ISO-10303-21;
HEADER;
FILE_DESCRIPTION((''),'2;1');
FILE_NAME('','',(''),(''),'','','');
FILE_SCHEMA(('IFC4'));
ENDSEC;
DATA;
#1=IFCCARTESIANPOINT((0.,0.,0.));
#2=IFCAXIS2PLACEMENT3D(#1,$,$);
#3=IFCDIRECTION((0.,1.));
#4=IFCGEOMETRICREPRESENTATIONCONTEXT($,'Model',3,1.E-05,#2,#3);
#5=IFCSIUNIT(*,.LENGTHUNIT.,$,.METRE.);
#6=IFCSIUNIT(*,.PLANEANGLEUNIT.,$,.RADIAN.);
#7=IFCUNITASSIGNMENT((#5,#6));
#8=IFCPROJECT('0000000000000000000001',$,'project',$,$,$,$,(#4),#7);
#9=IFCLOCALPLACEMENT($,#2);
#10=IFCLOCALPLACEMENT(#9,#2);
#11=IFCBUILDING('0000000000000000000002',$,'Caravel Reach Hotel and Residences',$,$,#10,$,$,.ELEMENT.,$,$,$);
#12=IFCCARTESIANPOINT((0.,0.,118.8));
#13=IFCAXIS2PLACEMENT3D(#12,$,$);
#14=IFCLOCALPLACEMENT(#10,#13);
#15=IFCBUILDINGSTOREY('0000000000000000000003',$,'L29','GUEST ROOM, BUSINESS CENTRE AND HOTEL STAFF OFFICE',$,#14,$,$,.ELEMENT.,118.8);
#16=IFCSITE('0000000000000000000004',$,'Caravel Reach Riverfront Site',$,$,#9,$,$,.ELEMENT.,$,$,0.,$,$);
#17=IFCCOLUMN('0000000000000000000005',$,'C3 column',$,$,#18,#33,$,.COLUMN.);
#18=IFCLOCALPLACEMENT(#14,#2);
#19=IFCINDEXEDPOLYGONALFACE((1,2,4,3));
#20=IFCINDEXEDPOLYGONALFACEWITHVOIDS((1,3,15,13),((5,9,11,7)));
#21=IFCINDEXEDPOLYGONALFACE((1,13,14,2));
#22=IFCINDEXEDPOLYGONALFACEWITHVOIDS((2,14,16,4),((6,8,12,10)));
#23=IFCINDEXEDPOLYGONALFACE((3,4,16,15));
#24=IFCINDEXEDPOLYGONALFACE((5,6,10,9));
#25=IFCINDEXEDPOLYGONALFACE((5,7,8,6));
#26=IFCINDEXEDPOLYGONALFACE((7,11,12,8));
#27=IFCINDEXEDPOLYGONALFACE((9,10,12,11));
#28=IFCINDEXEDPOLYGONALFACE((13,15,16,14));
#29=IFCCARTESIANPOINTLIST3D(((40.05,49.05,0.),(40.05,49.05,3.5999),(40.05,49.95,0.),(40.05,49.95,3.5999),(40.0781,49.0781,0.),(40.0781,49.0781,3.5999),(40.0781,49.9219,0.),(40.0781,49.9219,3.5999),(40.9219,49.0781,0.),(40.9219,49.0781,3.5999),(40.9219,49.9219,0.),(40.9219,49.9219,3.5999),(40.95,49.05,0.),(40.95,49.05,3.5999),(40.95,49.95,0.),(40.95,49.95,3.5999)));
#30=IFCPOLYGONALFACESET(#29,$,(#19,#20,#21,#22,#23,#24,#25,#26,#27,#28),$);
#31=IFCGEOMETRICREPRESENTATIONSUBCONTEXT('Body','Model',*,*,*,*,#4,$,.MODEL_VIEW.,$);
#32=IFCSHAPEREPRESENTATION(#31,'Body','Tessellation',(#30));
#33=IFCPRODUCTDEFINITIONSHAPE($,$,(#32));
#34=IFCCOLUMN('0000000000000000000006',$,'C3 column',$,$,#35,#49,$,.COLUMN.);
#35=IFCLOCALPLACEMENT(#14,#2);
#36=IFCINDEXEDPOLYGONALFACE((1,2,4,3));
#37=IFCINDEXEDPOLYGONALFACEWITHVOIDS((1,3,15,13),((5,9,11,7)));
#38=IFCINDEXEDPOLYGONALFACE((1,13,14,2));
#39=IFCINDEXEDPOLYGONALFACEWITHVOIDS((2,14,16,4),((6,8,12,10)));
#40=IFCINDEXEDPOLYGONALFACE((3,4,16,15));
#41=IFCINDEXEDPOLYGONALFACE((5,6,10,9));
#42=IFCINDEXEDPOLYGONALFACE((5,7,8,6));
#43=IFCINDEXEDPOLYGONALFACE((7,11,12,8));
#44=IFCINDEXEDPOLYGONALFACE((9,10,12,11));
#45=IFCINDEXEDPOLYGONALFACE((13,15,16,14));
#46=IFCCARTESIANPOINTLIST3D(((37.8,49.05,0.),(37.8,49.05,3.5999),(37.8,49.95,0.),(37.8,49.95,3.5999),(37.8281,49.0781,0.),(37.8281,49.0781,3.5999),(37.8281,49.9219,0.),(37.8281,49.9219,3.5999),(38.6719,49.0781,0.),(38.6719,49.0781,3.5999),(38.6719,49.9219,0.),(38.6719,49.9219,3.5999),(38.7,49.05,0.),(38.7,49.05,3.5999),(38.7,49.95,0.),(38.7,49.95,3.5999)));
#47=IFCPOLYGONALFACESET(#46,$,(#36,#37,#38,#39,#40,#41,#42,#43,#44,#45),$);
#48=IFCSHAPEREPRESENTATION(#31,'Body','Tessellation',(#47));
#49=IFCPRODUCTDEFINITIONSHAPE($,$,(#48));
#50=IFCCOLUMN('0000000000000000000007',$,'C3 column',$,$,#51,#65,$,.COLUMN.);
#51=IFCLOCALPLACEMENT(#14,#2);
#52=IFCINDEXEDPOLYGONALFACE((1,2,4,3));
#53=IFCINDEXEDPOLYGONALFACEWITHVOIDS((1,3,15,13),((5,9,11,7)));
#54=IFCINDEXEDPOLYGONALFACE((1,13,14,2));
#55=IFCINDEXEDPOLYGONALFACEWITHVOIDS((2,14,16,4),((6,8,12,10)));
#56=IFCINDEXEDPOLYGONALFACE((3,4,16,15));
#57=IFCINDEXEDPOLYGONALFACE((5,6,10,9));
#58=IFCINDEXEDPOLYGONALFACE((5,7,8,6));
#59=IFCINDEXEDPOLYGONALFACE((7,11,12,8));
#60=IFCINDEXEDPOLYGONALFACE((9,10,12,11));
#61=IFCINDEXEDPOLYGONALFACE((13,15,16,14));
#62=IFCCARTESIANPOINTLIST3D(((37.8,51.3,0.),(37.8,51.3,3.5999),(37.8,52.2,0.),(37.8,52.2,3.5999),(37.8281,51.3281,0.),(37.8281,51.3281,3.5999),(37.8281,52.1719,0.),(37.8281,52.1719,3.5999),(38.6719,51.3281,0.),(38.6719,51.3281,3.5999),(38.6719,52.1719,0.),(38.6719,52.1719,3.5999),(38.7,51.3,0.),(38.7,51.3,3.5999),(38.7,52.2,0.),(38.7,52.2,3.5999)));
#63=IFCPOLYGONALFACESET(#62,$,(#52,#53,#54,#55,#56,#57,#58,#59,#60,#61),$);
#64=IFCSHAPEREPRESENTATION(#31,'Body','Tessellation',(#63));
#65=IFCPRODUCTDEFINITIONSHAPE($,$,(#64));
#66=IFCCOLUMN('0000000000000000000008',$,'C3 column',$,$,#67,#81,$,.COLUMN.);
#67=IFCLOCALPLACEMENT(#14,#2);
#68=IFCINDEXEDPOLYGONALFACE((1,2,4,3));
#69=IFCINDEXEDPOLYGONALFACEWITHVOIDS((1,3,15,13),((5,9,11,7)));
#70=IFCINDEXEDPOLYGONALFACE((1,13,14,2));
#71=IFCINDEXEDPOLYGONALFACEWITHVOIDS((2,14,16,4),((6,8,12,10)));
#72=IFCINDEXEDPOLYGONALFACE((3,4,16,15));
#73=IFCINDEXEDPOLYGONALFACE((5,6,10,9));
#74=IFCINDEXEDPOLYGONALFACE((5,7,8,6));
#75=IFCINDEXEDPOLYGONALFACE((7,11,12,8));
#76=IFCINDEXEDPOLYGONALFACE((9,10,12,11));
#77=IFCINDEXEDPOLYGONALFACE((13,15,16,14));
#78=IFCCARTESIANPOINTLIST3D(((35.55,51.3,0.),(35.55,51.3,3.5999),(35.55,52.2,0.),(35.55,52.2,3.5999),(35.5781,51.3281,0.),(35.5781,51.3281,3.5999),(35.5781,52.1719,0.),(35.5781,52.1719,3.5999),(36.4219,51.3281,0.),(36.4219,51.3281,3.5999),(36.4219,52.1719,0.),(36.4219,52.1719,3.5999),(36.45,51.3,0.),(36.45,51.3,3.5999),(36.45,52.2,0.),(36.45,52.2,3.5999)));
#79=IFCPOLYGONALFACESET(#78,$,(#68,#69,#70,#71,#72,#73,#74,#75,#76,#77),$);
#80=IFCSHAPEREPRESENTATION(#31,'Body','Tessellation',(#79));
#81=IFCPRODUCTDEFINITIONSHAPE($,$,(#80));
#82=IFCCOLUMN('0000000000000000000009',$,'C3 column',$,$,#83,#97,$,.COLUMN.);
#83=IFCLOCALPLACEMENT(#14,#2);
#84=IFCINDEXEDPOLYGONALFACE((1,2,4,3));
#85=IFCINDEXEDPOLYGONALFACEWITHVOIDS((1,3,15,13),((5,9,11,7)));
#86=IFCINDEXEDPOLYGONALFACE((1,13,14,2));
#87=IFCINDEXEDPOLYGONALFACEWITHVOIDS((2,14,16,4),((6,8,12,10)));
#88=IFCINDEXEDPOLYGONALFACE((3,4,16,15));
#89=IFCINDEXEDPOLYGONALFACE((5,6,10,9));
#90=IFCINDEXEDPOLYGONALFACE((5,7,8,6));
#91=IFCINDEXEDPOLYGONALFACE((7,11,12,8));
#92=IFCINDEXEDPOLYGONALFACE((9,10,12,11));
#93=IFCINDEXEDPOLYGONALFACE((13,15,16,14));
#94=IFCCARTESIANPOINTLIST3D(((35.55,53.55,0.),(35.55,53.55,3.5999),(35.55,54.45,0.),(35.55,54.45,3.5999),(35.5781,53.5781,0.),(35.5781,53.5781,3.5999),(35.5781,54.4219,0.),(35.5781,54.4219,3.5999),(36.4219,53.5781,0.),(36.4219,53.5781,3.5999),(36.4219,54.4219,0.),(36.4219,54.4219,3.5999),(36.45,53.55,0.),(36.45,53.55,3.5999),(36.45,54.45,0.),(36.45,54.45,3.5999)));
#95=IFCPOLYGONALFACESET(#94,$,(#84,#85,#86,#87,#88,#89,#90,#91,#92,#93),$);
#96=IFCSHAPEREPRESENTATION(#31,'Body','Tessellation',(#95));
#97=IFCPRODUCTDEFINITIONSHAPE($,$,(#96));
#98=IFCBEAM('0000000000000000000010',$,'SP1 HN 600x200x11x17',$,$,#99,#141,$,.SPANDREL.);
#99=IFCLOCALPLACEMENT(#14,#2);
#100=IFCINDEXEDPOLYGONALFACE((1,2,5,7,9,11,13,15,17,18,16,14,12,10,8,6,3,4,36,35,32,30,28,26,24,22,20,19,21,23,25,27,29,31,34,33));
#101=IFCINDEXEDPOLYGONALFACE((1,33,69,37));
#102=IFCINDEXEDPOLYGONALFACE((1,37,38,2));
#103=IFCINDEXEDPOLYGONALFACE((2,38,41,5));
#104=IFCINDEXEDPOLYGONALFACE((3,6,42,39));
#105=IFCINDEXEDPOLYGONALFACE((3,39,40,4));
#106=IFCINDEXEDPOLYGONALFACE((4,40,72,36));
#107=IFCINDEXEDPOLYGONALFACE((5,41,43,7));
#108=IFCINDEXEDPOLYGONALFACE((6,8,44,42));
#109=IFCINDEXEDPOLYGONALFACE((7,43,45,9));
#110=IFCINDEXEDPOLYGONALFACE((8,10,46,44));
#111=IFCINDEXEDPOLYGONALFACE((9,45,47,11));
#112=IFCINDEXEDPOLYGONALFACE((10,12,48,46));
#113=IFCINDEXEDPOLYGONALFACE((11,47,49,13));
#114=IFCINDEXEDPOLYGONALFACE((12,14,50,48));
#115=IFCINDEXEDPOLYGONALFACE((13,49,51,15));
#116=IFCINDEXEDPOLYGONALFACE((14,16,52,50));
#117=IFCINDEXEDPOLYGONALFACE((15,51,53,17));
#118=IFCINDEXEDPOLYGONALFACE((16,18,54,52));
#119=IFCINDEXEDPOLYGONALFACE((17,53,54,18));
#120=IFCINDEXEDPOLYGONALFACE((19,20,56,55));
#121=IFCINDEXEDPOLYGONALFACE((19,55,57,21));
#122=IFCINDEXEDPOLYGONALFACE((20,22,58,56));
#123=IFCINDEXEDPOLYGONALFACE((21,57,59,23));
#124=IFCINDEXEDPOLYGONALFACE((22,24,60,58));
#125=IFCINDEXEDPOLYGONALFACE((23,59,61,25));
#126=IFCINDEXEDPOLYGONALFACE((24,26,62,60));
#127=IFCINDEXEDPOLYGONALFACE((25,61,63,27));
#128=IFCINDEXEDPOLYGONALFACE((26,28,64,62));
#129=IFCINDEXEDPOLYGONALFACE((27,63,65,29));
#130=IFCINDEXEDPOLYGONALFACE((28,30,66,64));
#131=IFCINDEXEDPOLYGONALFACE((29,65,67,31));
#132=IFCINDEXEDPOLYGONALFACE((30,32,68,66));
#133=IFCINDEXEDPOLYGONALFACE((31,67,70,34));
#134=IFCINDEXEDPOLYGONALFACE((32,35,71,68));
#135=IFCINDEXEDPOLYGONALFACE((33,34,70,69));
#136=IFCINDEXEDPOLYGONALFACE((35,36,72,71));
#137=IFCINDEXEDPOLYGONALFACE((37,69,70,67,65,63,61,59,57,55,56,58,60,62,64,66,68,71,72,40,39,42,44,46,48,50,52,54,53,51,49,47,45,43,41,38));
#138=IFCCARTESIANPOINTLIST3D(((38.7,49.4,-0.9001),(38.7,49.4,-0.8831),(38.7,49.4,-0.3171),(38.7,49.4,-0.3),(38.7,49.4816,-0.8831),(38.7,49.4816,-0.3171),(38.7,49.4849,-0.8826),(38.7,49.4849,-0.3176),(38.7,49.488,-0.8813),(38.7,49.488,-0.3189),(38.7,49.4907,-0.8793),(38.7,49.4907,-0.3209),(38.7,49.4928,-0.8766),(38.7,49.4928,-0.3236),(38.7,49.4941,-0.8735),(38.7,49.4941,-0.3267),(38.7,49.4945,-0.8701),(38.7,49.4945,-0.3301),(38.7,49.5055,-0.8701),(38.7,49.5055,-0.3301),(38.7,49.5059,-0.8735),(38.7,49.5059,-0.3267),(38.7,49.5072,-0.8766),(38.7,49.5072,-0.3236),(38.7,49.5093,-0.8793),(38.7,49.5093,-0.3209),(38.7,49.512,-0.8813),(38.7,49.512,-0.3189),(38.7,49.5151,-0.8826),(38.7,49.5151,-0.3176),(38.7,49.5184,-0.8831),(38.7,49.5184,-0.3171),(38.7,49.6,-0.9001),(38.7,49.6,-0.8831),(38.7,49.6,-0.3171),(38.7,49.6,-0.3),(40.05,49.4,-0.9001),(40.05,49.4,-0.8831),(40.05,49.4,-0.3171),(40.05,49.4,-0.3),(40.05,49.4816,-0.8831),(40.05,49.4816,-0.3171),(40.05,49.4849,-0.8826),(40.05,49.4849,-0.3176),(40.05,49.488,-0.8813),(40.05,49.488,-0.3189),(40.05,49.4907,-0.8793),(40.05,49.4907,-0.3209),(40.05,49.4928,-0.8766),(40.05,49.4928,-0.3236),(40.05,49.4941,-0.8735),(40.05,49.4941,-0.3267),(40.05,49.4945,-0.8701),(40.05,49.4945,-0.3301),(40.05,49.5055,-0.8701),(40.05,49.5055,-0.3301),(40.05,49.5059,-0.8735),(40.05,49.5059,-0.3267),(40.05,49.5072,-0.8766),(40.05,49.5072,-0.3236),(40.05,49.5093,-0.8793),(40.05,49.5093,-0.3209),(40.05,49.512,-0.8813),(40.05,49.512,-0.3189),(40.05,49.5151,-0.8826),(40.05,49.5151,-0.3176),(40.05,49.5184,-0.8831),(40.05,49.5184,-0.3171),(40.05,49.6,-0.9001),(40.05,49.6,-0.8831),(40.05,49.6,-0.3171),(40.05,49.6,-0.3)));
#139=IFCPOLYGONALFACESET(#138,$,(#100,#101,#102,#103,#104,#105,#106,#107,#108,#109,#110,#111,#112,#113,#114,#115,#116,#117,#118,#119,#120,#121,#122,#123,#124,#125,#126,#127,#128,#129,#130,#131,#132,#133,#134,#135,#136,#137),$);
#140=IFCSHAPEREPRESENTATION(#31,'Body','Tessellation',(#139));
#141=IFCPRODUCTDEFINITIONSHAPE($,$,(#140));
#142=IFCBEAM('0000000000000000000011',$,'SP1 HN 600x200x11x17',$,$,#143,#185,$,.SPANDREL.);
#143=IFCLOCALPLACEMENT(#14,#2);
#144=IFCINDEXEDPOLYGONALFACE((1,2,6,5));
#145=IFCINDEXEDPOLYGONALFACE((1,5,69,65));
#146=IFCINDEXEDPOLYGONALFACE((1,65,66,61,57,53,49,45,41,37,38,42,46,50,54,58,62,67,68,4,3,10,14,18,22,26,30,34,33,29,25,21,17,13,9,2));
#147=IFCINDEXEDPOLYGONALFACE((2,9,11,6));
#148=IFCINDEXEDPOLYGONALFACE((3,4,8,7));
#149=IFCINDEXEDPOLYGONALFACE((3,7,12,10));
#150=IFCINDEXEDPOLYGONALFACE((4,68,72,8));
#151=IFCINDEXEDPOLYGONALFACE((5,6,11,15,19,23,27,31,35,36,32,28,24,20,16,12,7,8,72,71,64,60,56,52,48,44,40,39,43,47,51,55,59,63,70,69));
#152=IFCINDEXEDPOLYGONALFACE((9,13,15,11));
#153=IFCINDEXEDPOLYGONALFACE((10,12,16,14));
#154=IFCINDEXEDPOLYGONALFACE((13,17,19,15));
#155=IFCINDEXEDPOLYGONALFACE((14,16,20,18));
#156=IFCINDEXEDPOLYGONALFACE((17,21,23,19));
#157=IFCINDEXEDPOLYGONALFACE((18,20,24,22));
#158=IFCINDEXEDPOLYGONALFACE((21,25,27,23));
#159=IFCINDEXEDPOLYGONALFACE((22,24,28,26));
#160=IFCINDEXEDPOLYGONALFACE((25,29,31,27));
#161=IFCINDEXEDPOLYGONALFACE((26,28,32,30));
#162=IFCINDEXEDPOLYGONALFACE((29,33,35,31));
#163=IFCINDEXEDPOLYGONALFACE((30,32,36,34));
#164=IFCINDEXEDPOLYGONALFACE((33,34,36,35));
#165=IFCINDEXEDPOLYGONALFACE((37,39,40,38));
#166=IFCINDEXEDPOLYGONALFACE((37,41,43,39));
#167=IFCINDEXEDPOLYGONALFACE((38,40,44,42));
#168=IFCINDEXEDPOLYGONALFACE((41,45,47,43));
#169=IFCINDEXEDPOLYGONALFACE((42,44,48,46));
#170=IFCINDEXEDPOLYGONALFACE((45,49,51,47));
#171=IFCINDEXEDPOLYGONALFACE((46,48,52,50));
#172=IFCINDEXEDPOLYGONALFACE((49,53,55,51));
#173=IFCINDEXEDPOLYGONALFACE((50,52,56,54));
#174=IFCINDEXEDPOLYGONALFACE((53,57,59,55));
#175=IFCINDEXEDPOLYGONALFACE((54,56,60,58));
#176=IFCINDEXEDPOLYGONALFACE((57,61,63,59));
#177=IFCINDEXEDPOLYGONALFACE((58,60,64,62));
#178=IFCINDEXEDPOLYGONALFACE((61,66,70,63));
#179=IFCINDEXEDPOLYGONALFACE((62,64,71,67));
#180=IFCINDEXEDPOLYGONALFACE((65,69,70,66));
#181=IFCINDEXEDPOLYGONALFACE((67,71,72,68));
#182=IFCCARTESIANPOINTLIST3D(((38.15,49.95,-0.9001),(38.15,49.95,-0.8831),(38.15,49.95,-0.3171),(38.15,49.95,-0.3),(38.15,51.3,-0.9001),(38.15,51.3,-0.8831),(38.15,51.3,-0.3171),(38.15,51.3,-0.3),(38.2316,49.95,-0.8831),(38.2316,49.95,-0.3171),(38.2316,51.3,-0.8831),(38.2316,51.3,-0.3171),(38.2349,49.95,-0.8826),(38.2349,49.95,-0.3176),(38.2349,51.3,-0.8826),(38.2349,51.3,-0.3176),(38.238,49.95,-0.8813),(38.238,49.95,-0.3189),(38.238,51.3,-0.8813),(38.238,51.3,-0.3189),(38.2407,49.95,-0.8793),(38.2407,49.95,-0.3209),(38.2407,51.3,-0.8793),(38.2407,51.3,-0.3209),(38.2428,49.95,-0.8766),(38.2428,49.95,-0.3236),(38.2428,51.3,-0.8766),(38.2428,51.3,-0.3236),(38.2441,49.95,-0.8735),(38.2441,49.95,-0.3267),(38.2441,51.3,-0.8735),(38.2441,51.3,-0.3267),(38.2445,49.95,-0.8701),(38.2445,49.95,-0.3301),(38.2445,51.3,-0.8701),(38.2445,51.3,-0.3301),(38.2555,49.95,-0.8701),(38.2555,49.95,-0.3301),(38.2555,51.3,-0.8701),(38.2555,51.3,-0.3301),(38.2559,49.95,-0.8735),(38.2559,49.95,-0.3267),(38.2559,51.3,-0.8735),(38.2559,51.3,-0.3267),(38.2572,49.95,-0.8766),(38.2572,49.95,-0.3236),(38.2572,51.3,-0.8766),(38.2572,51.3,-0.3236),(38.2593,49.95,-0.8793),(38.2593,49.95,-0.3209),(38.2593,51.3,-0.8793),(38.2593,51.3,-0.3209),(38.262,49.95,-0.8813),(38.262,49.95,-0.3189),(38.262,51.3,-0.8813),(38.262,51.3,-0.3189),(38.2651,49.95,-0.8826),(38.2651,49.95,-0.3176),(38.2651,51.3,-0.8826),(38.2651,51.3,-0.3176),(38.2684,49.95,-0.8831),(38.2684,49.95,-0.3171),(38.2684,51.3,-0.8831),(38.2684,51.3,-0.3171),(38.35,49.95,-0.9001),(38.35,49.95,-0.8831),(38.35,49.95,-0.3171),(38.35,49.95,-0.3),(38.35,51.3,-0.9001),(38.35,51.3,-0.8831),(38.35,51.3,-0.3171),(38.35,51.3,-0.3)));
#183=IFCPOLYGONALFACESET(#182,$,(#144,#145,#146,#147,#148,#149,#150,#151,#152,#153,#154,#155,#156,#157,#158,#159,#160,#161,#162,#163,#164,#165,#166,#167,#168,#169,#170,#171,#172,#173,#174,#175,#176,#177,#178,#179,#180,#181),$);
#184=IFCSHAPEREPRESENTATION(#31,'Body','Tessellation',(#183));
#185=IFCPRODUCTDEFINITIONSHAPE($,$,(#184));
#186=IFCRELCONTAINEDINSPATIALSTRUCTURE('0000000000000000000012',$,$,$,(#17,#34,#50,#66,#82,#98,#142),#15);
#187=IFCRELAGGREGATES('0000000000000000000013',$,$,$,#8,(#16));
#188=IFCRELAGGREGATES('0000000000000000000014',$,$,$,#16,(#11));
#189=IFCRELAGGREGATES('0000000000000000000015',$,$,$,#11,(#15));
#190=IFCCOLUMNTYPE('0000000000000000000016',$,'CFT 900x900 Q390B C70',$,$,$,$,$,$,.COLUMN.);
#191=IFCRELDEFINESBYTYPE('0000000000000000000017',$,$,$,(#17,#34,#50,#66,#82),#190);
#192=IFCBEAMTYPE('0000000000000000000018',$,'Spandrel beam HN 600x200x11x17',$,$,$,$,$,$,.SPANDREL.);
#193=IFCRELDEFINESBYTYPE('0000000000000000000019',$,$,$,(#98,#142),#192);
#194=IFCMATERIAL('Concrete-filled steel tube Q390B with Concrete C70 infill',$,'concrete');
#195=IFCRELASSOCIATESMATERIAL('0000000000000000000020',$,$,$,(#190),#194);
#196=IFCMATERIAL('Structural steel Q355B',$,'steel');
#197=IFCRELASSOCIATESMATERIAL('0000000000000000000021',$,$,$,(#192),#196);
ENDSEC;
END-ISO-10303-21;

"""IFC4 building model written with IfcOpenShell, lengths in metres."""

from ifc_helpers import new_model, si_unit, direction, frame, origin, origin_2d, place, context, subcontext, project, spatial, hollow_rectangle, i_section, extrude, material, material_profile, profile_set, type_object, element, save


model = new_model("IFC4")

# Units and contexts
model_context = context("Model", 3, precision=1e-05, world=origin(), true_north=direction((0.0, 1.0)))
body_context = subcontext(model_context, "Body", "Model", "MODEL_VIEW")
ifc_project = project(units=[si_unit("LENGTHUNIT", "METRE"), si_unit("PLANEANGLEUNIT", "RADIAN")], contexts=[model_context])

# Site, building, storey
site_placement = place(None, origin())
site = spatial("IfcSite", under=ifc_project, at=site_placement, Name="Caravel Reach Riverfront Site", CompositionType="ELEMENT", RefElevation=0.0)
building_placement = place(site_placement, origin())
building = spatial("IfcBuilding", under=site, at=building_placement, Name="Caravel Reach Hotel and Residences", CompositionType="ELEMENT")
storey_placement = place(building_placement, frame((0.0, 0.0, 118.8)))
storey = spatial("IfcBuildingStorey", under=building, at=storey_placement, Name="L29", Description="GUEST ROOM, BUSINESS CENTRE AND HOTEL STAFF OFFICE", CompositionType="ELEMENT", Elevation=118.8)

# Columns
ifc_material_1 = material(Name="Concrete-filled steel tube Q390B with Concrete C70 infill", Category="concrete")
ifc_material_profile_1 = material_profile(ifc_material_1, hollow_rectangle(XDim=0.8999, YDim=0.8999, WallThickness=0.0281, at=origin_2d()), Name="RHS 900x900x28")
ifc_profile_set_1 = profile_set([ifc_material_profile_1], Name="Concrete-filled steel tube Q390B with Concrete C70 infill")
column_type = type_object("IfcColumnType", Name="CFT 900x900 Q390B C70", PredefinedType="COLUMN", material=ifc_profile_set_1)
for number, where, z_axis, x_axis, name in (
    (1, (40.5, 49.5, 0.0), (0.0, 0.0, 1.0), (1.0, 0.0, 0.0), "C3 column"),
    (2, (38.25, 49.5, 0.0), (0.0, 0.0, 1.0), (1.0, 0.0, 0.0), "C3 column"),
    (3, (38.25, 51.75, 0.0), (0.0, 0.0, 1.0), (1.0, 0.0, 0.0), "C3 column"),
    (4, (36.0, 51.75, 0.0), (0.0, 0.0, 1.0), (1.0, 0.0, 0.0), "C3 column"),
    (5, (36.0, 54.0, 0.0), (0.0, 0.0, 1.0), (1.0, 0.0, 0.0), "C3 column"),
):
    element("IfcColumn", number, at=place(storey_placement, frame(where, z_axis=z_axis, x_axis=x_axis)), inside=storey, type_object=column_type, Name=name, PredefinedType="COLUMN", context=body_context, shape_type="SweptSolid", body=[
        extrude(hollow_rectangle(XDim=0.8999, YDim=0.8999, WallThickness=0.0281, at=origin_2d()), origin(), (0.0, 0.0, 1.0), 3.5999),
    ])

# Beams
ifc_material_2 = material(Name="Structural steel Q355B", Category="steel")
ifc_material_profile_2 = material_profile(ifc_material_2, i_section(OverallWidth=0.2, OverallDepth=0.6001, WebThickness=0.011, FlangeThickness=0.0171, FilletRadius=0.0129, at=origin_2d()), Name="HN 600x200x11x17")
ifc_profile_set_2 = profile_set([ifc_material_profile_2], Name="Structural steel Q355B")
beam_type = type_object("IfcBeamType", Name="Spandrel beam HN 600x200x11x17", PredefinedType="SPANDREL", material=ifc_profile_set_2)
for number, where, z_axis, x_axis, name in (
    (6, (40.05, 49.5, -0.6001), (-1.0, 0.0, 0.0), (0.0, -1.0, 0.0), "SP1 HN 600x200x11x17"),
    (7, (38.25, 49.95, -0.6001), (0.0, 1.0, 0.0), (-1.0, 0.0, 0.0), "SP1 HN 600x200x11x17"),
):
    element("IfcBeam", number, at=place(storey_placement, frame(where, z_axis=z_axis, x_axis=x_axis)), inside=storey, type_object=beam_type, Name=name, PredefinedType="SPANDREL", context=body_context, shape_type="SweptSolid", body=[
        extrude(i_section(OverallWidth=0.2, OverallDepth=0.6001, WebThickness=0.011, FlangeThickness=0.0171, FilletRadius=0.0129, at=origin_2d()), origin(), (0.0, 0.0, 1.0), 1.3501),
    ])

save(model, "model.ifc")
